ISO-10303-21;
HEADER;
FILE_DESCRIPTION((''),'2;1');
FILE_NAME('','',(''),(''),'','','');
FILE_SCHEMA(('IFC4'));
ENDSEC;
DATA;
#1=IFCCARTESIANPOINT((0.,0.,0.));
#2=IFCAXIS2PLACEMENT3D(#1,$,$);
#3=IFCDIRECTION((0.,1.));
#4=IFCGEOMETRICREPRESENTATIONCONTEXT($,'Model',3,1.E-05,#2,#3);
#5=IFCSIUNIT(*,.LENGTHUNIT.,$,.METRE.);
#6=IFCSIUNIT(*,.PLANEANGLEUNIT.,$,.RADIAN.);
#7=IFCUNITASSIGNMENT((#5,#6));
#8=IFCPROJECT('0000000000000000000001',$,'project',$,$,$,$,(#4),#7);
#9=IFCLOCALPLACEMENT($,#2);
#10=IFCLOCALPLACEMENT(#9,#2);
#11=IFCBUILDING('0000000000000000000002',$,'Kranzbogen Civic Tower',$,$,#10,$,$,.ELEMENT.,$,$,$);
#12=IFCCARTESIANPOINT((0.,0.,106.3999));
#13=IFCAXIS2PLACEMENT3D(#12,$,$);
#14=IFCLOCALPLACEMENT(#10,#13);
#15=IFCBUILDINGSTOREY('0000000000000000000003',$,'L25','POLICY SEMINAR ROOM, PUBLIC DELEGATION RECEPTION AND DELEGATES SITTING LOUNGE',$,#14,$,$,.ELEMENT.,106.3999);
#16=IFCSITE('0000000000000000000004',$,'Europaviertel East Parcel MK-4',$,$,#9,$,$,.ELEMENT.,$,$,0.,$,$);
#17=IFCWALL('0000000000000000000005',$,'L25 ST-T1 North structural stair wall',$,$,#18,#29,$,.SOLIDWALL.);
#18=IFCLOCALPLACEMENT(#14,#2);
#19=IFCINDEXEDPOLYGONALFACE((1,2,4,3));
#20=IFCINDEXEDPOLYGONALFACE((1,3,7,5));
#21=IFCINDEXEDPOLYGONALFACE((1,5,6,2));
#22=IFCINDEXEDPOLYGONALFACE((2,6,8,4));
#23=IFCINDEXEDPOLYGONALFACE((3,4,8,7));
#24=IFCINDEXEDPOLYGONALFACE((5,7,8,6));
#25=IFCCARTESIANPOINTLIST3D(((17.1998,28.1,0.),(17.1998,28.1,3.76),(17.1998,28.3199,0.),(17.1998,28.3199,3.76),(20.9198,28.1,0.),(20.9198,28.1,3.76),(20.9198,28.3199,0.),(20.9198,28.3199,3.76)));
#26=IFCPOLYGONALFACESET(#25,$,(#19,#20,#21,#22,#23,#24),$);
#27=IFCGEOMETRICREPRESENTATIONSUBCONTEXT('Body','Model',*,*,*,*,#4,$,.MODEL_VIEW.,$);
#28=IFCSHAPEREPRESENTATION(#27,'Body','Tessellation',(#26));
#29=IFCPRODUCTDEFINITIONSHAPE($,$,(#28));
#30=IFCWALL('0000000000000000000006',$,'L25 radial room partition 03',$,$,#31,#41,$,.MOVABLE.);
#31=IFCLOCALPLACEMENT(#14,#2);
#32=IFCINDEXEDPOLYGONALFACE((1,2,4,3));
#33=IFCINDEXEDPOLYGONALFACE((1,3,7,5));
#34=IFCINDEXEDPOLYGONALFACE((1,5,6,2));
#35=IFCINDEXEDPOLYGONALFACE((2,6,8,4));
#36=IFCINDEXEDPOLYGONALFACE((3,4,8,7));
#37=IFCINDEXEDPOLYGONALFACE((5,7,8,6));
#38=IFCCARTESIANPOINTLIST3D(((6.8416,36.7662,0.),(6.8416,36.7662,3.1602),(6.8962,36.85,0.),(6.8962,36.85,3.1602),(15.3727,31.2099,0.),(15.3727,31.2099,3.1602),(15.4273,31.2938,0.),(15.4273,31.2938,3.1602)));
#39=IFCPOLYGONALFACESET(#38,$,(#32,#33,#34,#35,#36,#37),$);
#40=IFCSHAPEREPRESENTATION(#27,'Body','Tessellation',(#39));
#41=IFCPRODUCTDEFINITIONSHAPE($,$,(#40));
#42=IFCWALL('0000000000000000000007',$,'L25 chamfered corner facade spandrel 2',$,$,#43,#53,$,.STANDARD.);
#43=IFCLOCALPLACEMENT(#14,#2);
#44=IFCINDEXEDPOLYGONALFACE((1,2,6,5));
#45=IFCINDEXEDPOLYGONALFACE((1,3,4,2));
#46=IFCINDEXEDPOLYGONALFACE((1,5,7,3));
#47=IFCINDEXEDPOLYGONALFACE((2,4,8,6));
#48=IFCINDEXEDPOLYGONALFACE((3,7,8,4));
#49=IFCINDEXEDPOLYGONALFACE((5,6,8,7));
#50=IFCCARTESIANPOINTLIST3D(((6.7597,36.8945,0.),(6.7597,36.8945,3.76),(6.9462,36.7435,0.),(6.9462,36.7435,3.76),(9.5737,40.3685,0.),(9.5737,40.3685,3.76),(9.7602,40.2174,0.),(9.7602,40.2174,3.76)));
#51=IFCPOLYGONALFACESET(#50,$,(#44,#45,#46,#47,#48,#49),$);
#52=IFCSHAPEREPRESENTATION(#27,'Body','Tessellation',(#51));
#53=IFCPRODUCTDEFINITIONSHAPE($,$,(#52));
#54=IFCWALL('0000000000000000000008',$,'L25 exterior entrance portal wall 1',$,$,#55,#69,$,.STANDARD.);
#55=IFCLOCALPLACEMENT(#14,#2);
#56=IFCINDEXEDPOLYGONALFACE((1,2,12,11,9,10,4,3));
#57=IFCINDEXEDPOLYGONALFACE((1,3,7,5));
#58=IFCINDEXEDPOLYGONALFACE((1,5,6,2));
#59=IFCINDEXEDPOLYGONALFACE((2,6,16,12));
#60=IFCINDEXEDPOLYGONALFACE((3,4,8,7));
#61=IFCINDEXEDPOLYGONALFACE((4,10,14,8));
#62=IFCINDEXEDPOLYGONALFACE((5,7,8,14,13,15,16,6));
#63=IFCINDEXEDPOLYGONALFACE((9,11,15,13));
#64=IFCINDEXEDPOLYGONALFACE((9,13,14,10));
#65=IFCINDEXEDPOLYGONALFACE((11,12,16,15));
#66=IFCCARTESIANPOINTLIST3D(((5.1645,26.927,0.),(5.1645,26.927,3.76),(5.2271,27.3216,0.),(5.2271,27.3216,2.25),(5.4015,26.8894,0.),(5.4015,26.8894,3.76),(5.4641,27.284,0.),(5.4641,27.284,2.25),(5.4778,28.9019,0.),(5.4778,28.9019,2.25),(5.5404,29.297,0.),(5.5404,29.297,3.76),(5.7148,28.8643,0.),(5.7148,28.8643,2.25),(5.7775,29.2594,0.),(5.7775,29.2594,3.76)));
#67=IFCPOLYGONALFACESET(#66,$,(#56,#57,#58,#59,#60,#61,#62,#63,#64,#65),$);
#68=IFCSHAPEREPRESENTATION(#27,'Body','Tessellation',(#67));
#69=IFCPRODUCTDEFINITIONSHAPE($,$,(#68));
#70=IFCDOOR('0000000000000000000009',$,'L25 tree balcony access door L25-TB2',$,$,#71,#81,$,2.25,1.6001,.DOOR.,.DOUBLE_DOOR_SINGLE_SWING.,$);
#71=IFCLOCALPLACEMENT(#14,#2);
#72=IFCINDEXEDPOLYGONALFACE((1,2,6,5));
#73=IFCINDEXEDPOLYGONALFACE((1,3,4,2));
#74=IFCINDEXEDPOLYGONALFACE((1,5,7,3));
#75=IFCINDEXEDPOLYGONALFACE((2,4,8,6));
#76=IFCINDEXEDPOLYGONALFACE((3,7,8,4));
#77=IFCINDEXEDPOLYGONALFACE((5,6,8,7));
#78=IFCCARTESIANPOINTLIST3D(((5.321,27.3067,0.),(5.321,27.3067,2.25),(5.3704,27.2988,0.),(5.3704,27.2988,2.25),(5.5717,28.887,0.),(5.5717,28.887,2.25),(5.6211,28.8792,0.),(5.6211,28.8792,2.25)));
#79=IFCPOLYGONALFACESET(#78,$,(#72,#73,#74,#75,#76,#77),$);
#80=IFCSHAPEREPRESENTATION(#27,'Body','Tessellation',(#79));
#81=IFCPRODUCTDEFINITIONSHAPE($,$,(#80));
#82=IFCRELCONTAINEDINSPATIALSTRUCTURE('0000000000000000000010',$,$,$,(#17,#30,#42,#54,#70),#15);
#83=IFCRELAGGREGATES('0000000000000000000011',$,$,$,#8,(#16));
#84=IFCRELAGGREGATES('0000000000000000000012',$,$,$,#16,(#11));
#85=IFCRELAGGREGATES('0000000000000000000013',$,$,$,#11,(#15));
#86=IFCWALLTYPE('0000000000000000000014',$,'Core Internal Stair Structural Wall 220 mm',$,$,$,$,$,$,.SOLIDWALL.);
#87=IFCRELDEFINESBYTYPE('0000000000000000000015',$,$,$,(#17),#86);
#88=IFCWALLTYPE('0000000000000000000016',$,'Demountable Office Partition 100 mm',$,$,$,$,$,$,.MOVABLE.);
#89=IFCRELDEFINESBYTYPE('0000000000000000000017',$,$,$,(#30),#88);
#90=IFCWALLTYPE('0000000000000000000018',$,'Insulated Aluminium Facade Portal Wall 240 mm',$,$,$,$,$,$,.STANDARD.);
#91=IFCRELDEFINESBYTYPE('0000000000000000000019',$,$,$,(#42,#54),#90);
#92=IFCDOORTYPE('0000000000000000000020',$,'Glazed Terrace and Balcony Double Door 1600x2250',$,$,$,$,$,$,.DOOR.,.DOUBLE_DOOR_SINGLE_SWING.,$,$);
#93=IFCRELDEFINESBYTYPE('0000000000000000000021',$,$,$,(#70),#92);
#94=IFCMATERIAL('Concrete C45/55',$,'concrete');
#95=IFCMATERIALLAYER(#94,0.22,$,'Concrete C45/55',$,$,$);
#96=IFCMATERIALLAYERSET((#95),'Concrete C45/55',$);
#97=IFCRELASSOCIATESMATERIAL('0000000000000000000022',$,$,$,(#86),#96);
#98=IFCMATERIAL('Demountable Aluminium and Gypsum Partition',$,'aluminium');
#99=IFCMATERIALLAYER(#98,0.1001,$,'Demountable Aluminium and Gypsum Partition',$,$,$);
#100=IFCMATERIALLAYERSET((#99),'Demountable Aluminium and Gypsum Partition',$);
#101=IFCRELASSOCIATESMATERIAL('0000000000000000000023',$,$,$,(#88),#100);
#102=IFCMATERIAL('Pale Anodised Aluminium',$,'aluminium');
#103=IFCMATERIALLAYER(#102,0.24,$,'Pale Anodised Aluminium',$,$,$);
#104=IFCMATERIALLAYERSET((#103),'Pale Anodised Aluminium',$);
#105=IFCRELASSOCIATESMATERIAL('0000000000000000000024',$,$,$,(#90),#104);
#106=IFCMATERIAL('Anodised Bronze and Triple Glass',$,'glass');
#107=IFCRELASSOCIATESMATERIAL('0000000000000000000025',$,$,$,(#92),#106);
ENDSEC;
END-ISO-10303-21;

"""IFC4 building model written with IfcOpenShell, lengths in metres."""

from ifc_helpers import new_model, si_unit, direction, frame, frame_2d, origin, place, context, subcontext, project, spatial, rectangle, extrude, material, layer, layer_set, type_object, element, fill, save


model = new_model("IFC4")

# Units and contexts
model_context = context("Model", 3, precision=1e-05, world=origin(), true_north=direction((0.0, 1.0)))
body_context = subcontext(model_context, "Body", "Model", "MODEL_VIEW")
ifc_project = project(units=[si_unit("LENGTHUNIT", "METRE"), si_unit("PLANEANGLEUNIT", "RADIAN")], contexts=[model_context])

# Site, building, storey
site_placement = place(None, origin())
site = spatial("IfcSite", under=ifc_project, at=site_placement, Name="Europaviertel East Parcel MK-4", CompositionType="ELEMENT", RefElevation=0.0)
building_placement = place(site_placement, origin())
building = spatial("IfcBuilding", under=site, at=building_placement, Name="Kranzbogen Civic Tower", CompositionType="ELEMENT")
storey_placement = place(building_placement, frame((0.0, 0.0, 106.3999)))
storey = spatial("IfcBuildingStorey", under=building, at=storey_placement, Name="L25", Description="POLICY SEMINAR ROOM, PUBLIC DELEGATION RECEPTION AND DELEGATES SITTING LOUNGE", CompositionType="ELEMENT", Elevation=106.3999)

# Shared definitions
ifc_material_1 = material(Name="Pale Anodised Aluminium", Category="aluminium")

# Walls
ifc_material_2 = material(Name="Concrete C45/55", Category="concrete")
ifc_layer_1 = layer(ifc_material_2, 0.22, Name="Concrete C45/55")
ifc_layer_set_1 = layer_set([ifc_layer_1], Name="Concrete C45/55")
wall_type_1 = type_object("IfcWallType", Name="Core Internal Stair Structural Wall 220 mm", PredefinedType="SOLIDWALL", material=ifc_layer_set_1)
wall_1_placement = place(storey_placement, frame((17.2, 28.21, 0.0), z_axis=(0.0, 0.0, 1.0), x_axis=(1.0, 0.0, 0.0)))
element("IfcWall", 1, at=wall_1_placement, inside=storey, type_object=wall_type_1, Name="L25 ST-T1 North structural stair wall", PredefinedType="SOLIDWALL", context=body_context, shape_type="SweptSolid", body=[
    extrude(rectangle(XDim=3.72, YDim=0.22, at=frame_2d((1.8599, 0.0))), origin(), (0.0, 0.0, 1.0), 3.76),
])
ifc_material_3 = material(Name="Demountable Aluminium and Gypsum Partition", Category="aluminium")
ifc_layer_2 = layer(ifc_material_3, 0.1001, Name="Demountable Aluminium and Gypsum Partition")
ifc_layer_set_2 = layer_set([ifc_layer_2], Name="Demountable Aluminium and Gypsum Partition")
wall_type_2 = type_object("IfcWallType", Name="Demountable Office Partition 100 mm", PredefinedType="MOVABLE", material=ifc_layer_set_2)
wall_2_placement = place(storey_placement, frame((15.3999, 31.252, 0.0), z_axis=(0.0, 0.0, 1.0), x_axis=(-0.83795, 0.545748, 0.0)))
element("IfcWall", 2, at=wall_2_placement, inside=storey, type_object=wall_type_2, Name="L25 radial room partition 03", PredefinedType="MOVABLE", context=body_context, shape_type="SweptSolid", body=[
    extrude(rectangle(XDim=10.1809, YDim=0.1001, at=frame_2d((5.0903, 0.0))), origin(), (0.0, 0.0, 1.0), 3.1602),
])
ifc_layer_3 = layer(ifc_material_1, 0.24, Name="Pale Anodised Aluminium")
ifc_layer_set_3 = layer_set([ifc_layer_3], Name="Pale Anodised Aluminium")
wall_type_3 = type_object("IfcWallType", Name="Insulated Aluminium Facade Portal Wall 240 mm", PredefinedType="STANDARD", material=ifc_layer_set_3)
wall_3_placement = place(storey_placement, frame((9.667, 40.293, 0.0), z_axis=(0.0, 0.0, 1.0), x_axis=(-0.629439, -0.77705, 0.0)))
element("IfcWall", 3, at=wall_3_placement, inside=storey, type_object=wall_type_3, Name="L25 chamfered corner facade spandrel 2", PredefinedType="STANDARD", context=body_context, shape_type="SweptSolid", body=[
    extrude(rectangle(XDim=4.4707, YDim=0.24, at=frame_2d((2.2354, 0.0))), origin(), (0.0, 0.0, 1.0), 3.76),
])

# Wall, opening, door
wall_4_placement = place(storey_placement, frame((5.6589, 29.2781, 0.0), z_axis=(0.0, 0.0, 1.0), x_axis=(-0.156673, -0.987651, 0.0)))
wall_4 = element("IfcWall", 4, at=wall_4_placement, inside=storey, type_object=wall_type_3, Name="L25 exterior entrance portal wall 1", PredefinedType="STANDARD", context=body_context, shape_type="SweptSolid", body=[
    extrude(rectangle(XDim=2.3997, YDim=0.24, at=frame_2d((1.1997, 0.0))), origin(), (0.0, 0.0, 1.0), 3.76),
])
opening_1_placement = place(wall_4_placement, frame((0.3999, 0.0, 0.0)))
opening_1 = element("IfcOpeningElement", 5, at=opening_1_placement, cuts=wall_4, PredefinedType="OPENING", context=body_context, shape_type="SweptSolid", body=[
    extrude(rectangle(XDim=1.6001, YDim=2.25, at=frame_2d((0.8, 1.125))), frame((0.0, 0.1299, 0.0), z_axis=(0.0, -1.0, 0.0), x_axis=(1.0, 0.0, 0.0)), (0.0, 0.0, 1.0), 0.26),
])
ifc_material_4 = material(Name="Anodised Bronze and Triple Glass", Category="glass")
door_type_1 = type_object("IfcDoorType", Name="Glazed Terrace and Balcony Double Door 1600x2250", OperationType="DOUBLE_DOOR_SINGLE_SWING", PredefinedType="DOOR", material=ifc_material_4)
door_1_placement = place(opening_1_placement, frame((1.6001, 0.0, 0.0), z_axis=(0.0, 0.0, 1.0), x_axis=(-1.0, 0.0, 0.0)))
door_1 = element("IfcDoor", 6, at=door_1_placement, inside=storey, type_object=door_type_1, Name="L25 tree balcony access door L25-TB2", OperationType="DOUBLE_DOOR_SINGLE_SWING", OverallHeight=2.25, OverallWidth=1.6001, PredefinedType="DOOR", context=body_context, shape_type="SweptSolid", body=[
    extrude(rectangle(XDim=1.6001, YDim=2.25, at=frame_2d((0.8, 1.125))), frame((0.0, 0.0249, 0.0), z_axis=(0.0, -1.0, 0.0), x_axis=(1.0, 0.0, 0.0)), (0.0, 0.0, 1.0), 0.05),
])
fill(opening_1, door_1)

save(model, "model.ifc")
